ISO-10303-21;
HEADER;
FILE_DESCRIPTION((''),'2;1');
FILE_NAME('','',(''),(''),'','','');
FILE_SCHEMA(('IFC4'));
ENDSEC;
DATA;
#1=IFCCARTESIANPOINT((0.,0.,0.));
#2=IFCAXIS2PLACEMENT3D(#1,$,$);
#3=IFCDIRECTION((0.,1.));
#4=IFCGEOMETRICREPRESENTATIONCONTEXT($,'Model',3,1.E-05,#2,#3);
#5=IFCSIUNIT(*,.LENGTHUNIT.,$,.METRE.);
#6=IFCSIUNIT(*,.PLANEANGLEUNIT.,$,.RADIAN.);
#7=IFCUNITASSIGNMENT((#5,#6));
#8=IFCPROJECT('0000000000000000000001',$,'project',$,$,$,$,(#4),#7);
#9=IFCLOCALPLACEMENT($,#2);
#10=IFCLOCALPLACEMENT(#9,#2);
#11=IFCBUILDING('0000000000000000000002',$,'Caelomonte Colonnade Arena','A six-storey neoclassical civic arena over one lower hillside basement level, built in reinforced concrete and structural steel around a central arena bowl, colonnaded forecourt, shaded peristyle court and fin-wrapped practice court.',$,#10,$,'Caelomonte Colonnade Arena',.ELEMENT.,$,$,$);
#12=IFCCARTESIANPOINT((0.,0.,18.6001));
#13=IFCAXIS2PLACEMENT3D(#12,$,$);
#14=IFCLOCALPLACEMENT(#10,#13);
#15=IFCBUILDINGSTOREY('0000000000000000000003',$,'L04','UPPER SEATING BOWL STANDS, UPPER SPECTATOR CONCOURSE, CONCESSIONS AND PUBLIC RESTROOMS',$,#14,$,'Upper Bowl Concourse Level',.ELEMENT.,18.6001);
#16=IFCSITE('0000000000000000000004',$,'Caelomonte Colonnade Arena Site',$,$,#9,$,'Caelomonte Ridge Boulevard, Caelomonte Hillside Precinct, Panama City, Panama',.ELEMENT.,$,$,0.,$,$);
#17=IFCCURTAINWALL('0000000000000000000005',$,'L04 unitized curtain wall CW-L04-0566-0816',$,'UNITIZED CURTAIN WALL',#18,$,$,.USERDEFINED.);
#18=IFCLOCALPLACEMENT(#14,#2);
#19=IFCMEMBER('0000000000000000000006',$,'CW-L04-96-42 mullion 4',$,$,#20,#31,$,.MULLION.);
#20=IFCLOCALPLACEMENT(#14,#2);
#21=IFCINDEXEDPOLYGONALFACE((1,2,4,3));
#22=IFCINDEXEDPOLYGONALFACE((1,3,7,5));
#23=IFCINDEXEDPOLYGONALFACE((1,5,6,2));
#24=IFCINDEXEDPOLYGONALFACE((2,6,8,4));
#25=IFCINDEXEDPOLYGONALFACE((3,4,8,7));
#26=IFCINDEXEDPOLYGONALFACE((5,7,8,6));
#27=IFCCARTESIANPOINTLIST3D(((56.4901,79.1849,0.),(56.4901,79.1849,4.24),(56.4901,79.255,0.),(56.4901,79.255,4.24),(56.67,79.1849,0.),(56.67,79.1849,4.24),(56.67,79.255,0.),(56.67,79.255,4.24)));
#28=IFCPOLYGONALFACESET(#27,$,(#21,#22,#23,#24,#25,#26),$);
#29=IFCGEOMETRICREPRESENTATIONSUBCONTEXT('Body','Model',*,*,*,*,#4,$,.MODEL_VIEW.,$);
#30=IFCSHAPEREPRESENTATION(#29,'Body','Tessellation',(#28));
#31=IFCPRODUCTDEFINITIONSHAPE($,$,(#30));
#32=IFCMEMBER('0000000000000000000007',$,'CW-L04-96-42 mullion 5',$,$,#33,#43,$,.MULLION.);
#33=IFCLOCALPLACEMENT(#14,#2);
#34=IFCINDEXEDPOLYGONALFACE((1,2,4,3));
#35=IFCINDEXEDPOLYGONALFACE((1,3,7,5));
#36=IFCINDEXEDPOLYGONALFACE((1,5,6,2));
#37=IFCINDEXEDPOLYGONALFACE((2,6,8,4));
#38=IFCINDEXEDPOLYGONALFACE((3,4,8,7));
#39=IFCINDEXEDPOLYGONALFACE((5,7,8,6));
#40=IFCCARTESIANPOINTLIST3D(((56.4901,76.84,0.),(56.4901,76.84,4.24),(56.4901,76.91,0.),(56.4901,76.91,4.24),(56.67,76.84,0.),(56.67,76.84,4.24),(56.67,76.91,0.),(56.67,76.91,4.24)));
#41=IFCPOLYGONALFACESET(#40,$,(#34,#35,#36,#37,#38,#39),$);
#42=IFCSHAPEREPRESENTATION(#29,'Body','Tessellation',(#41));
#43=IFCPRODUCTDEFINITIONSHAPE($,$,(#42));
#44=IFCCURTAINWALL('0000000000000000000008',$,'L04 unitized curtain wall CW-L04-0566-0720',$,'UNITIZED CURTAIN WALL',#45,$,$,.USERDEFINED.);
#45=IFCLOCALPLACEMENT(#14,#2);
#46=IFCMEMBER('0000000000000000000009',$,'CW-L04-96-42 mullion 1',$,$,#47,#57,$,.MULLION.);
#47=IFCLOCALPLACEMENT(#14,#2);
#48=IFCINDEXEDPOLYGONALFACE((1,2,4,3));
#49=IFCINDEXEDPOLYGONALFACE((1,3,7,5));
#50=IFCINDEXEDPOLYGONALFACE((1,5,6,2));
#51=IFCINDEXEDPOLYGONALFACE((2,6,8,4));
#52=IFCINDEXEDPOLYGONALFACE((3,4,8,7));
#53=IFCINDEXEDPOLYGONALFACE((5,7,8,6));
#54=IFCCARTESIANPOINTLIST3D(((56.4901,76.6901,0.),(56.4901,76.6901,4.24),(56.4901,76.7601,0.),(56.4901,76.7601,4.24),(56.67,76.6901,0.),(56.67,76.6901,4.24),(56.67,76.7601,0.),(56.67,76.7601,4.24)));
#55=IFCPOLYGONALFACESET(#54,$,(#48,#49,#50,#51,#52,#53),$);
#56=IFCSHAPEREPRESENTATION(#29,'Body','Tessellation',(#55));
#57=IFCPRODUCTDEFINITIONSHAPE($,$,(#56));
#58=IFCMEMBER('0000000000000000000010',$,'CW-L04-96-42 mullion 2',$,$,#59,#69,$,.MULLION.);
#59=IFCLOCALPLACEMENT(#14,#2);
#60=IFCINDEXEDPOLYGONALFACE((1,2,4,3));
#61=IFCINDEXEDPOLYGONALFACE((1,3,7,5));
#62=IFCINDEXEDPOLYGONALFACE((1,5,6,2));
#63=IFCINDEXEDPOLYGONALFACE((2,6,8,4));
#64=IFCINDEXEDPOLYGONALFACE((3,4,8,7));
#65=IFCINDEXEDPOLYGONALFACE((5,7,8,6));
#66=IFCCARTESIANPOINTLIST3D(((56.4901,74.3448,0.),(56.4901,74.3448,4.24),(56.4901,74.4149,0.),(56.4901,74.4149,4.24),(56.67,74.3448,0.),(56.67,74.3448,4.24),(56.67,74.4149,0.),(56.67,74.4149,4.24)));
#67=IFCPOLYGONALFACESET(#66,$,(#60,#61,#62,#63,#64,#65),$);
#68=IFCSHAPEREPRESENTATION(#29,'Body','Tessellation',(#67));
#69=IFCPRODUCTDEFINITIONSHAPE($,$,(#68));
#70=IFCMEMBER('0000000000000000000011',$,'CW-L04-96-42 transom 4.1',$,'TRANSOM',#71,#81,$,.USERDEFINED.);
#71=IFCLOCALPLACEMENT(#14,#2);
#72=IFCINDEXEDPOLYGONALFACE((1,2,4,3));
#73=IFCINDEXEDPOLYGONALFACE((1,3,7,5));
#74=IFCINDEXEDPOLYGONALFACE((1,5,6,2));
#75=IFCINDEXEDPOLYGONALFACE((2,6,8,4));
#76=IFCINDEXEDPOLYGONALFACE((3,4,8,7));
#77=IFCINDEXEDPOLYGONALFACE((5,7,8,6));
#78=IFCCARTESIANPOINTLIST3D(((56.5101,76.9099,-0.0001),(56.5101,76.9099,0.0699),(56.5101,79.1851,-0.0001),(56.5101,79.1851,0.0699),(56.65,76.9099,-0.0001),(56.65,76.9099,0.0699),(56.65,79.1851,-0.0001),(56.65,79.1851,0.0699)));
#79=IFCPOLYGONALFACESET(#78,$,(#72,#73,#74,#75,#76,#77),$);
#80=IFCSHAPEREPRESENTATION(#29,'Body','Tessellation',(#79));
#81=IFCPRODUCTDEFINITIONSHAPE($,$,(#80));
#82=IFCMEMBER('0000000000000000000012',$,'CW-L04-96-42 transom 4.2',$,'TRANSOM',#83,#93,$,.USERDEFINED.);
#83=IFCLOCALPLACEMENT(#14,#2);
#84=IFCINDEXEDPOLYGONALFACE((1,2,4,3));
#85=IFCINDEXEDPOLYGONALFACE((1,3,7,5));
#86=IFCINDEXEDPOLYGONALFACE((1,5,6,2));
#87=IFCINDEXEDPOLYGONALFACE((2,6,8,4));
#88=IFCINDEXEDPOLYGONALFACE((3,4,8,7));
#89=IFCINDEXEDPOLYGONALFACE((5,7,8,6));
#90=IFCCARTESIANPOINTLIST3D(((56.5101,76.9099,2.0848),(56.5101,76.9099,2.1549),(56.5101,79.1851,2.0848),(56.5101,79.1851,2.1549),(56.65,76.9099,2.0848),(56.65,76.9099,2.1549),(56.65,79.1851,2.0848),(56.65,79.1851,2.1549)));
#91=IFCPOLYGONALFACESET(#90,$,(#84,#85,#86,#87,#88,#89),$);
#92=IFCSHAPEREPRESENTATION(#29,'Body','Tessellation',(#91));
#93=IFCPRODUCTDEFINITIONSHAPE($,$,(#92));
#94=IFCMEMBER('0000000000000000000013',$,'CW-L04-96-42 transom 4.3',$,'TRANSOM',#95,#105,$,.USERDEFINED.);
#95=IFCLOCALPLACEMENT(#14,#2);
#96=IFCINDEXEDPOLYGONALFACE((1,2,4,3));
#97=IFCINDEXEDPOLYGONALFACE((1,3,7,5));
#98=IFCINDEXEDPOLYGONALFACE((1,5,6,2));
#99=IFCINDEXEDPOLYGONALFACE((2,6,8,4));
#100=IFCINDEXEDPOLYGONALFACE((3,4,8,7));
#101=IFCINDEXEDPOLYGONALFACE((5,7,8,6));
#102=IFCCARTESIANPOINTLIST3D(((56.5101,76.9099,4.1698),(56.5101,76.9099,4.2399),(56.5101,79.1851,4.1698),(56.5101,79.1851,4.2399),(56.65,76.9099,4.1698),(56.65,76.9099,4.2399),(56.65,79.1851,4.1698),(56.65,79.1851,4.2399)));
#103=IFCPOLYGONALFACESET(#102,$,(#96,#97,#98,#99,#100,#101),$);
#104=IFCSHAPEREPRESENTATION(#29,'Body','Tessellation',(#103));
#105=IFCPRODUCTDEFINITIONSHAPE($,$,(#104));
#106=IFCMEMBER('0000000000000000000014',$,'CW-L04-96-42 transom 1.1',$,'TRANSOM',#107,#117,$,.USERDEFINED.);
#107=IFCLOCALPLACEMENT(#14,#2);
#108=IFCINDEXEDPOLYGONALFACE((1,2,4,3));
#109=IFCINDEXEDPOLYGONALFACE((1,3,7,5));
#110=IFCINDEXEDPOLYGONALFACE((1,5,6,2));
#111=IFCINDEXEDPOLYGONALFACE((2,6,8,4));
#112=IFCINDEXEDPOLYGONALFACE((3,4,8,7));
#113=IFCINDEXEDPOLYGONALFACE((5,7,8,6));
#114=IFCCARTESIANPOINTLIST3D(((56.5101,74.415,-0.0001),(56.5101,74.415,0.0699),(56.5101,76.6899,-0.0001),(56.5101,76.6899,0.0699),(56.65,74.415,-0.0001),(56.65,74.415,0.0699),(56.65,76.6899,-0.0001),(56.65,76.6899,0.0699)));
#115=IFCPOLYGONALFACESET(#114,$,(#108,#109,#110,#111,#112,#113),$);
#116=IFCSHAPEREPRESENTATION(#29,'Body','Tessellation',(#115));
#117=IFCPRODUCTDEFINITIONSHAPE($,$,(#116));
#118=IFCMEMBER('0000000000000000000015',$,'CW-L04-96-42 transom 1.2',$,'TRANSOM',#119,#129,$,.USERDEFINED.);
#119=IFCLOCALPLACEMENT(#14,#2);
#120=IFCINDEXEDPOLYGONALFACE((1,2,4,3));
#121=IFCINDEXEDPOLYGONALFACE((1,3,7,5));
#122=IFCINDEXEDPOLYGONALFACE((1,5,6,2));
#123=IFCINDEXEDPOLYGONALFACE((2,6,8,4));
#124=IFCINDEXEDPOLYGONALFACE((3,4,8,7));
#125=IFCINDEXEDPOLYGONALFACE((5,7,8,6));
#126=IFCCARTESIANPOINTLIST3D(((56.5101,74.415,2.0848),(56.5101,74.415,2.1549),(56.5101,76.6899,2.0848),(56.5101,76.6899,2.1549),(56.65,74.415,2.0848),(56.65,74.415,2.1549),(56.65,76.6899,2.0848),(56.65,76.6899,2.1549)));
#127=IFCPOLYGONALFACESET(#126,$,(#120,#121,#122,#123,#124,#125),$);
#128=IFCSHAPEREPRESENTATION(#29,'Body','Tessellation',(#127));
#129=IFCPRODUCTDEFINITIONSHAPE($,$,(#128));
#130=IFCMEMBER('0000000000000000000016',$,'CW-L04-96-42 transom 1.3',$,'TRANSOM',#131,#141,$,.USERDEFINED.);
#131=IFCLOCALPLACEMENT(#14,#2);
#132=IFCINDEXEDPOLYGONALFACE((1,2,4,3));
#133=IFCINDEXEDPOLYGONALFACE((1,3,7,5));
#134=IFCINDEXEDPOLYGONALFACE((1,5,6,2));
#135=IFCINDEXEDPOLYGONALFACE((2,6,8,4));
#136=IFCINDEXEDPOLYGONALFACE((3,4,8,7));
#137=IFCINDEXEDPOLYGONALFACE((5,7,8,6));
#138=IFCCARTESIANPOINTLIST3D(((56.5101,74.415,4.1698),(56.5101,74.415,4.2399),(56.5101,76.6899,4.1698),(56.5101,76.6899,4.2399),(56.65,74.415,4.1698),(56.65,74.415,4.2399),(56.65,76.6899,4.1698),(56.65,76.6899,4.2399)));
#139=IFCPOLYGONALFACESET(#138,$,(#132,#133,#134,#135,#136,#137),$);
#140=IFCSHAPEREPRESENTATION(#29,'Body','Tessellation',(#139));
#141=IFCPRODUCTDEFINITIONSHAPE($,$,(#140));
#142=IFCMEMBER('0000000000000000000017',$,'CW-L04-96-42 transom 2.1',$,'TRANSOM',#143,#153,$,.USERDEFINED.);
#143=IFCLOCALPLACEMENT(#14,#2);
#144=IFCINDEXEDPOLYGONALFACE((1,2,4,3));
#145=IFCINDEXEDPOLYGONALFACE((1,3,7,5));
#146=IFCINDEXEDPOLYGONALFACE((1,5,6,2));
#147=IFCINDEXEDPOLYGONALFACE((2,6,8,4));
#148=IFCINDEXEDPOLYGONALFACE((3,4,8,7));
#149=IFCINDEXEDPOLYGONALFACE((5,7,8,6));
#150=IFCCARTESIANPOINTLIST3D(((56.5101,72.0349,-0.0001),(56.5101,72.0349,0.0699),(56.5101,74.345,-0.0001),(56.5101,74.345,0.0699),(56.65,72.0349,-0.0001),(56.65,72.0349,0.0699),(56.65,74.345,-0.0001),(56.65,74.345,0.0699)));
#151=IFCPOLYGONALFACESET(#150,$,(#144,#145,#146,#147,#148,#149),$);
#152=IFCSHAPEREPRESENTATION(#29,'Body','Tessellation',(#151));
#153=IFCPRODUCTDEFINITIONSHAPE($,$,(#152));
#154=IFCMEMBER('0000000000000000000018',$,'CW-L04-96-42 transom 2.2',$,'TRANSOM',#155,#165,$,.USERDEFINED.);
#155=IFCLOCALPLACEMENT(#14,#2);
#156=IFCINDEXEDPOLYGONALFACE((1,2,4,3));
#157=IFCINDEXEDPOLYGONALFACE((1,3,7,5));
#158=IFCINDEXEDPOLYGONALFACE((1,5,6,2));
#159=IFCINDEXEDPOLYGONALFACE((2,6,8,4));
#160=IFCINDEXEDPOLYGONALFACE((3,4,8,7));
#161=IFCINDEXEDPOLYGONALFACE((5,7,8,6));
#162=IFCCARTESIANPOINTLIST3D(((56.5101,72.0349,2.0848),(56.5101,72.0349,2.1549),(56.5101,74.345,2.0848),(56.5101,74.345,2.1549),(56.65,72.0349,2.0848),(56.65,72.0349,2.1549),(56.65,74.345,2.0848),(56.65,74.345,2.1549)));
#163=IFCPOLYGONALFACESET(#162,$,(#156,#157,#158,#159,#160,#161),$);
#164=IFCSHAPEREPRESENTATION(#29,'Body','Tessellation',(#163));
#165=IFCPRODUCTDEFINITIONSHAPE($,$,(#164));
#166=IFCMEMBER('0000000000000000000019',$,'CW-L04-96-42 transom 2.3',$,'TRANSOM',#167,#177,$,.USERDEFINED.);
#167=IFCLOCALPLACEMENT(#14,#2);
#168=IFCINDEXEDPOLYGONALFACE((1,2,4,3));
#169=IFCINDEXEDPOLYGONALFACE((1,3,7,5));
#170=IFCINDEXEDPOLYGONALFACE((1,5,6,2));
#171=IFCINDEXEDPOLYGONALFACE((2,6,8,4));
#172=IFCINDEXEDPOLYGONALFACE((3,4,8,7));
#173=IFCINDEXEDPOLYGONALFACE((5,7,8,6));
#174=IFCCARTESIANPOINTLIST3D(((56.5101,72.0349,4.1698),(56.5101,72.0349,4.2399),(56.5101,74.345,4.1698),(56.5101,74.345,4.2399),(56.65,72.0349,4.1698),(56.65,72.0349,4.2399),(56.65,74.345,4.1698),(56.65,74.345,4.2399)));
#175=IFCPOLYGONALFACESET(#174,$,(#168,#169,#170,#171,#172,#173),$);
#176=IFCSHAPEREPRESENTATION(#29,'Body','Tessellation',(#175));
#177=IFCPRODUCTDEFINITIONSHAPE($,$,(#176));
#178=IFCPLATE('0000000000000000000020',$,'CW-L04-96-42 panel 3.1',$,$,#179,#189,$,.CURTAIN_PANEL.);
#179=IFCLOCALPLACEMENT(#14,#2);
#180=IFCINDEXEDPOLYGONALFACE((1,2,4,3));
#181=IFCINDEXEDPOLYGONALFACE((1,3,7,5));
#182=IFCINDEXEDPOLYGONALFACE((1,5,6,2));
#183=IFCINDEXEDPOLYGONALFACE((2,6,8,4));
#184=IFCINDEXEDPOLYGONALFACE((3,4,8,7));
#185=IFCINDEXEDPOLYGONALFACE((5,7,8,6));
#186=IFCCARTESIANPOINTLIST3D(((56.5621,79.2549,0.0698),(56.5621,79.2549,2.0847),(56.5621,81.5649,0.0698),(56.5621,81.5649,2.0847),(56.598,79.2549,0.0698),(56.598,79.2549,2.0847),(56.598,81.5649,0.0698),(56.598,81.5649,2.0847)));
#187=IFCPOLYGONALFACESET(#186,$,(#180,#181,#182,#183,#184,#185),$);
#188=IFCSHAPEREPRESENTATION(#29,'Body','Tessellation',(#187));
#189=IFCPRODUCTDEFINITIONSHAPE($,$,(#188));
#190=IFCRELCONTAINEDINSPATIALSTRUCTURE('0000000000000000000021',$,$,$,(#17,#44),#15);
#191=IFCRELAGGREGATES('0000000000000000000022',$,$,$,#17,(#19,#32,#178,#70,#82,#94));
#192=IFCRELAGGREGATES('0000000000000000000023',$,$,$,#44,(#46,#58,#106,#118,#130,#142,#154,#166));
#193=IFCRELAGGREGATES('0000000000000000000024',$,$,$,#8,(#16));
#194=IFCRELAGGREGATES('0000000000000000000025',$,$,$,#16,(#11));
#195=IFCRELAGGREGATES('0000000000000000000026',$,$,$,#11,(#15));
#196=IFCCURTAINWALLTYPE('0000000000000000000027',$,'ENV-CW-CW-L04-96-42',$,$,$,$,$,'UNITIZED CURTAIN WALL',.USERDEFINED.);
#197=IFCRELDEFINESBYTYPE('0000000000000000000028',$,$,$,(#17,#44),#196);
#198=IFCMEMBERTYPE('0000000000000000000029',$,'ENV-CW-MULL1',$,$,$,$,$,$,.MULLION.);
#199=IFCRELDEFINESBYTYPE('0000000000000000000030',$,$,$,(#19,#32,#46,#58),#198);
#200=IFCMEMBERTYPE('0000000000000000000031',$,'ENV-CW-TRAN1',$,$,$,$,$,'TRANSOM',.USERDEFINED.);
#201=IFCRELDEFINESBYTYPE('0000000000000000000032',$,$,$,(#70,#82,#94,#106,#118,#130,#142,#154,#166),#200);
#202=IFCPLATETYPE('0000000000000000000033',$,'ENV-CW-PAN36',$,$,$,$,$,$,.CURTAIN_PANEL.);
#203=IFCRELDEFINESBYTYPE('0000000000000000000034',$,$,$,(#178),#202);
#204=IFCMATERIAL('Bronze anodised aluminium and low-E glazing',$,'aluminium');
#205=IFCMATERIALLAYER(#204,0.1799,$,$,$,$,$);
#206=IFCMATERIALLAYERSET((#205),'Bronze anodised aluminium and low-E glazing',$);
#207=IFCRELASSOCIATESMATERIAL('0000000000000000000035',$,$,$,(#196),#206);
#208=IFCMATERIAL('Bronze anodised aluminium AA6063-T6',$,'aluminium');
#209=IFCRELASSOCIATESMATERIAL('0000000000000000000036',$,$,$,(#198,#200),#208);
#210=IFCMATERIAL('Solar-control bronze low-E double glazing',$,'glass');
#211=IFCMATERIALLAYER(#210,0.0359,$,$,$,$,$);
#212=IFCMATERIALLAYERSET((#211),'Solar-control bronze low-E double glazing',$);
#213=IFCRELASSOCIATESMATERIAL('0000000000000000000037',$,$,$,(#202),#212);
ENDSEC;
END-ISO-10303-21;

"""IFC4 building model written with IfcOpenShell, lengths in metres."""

from ifc_helpers import new_model, si_unit, direction, frame, origin, origin_2d, place, context, subcontext, project, spatial, rectangle, extrude, material, layer, layer_set, material_profile, profile_set, type_object, element, aggregate, save


model = new_model("IFC4")

# Units and contexts
model_context = context("Model", 3, precision=1e-05, world=origin(), true_north=direction((0.0, 1.0)))
body_context = subcontext(model_context, "Body", "Model", "MODEL_VIEW")
ifc_project = project(units=[si_unit("LENGTHUNIT", "METRE"), si_unit("PLANEANGLEUNIT", "RADIAN")], contexts=[model_context])

# Site, building, storey
site_placement = place(None, origin())
site = spatial("IfcSite", under=ifc_project, at=site_placement, Name="Caelomonte Colonnade Arena Site", LongName="Caelomonte Ridge Boulevard, Caelomonte Hillside Precinct, Panama City, Panama", CompositionType="ELEMENT", RefElevation=0.0)
building_placement = place(site_placement, origin())
building = spatial("IfcBuilding", under=site, at=building_placement, Name="Caelomonte Colonnade Arena", Description="A six-storey neoclassical civic arena over one lower hillside basement level, built in reinforced concrete and structural steel around a central arena bowl, colonnaded forecourt, shaded peristyle court and fin-wrapped practice court.", LongName="Caelomonte Colonnade Arena", CompositionType="ELEMENT")
storey_placement = place(building_placement, frame((0.0, 0.0, 18.6001)))
storey = spatial("IfcBuildingStorey", under=building, at=storey_placement, Name="L04", Description="UPPER SEATING BOWL STANDS, UPPER SPECTATOR CONCOURSE, CONCESSIONS AND PUBLIC RESTROOMS", LongName="Upper Bowl Concourse Level", CompositionType="ELEMENT", Elevation=18.6001)

# Curtain walls, members
ifc_material_1 = material(Name="Bronze anodised aluminium and low-E glazing", Category="aluminium")
ifc_layer_1 = layer(ifc_material_1, 0.1799)
ifc_layer_set_1 = layer_set([ifc_layer_1], Name="Bronze anodised aluminium and low-E glazing")
curtain_wall_type = type_object("IfcCurtainWallType", Name="ENV-CW-CW-L04-96-42", ElementType="UNITIZED CURTAIN WALL", PredefinedType="USERDEFINED", material=ifc_layer_set_1)
curtain_wall_1_placement = place(storey_placement, origin())
curtain_wall_1 = element("IfcCurtainWall", 1, at=curtain_wall_1_placement, inside=storey, type_object=curtain_wall_type, Name="L04 unitized curtain wall CW-L04-0566-0816", ObjectType="UNITIZED CURTAIN WALL", PredefinedType="USERDEFINED")
ifc_material_2 = material(Name="Bronze anodised aluminium AA6063-T6", Category="aluminium")
ifc_material_profile_1 = material_profile(ifc_material_2, rectangle(XDim=0.0701, YDim=0.1799, at=origin_2d()), Name="CWM-70X180")
ifc_profile_set_1 = profile_set([ifc_material_profile_1], Name="Bronze anodised aluminium AA6063-T6")
member_type_1 = type_object("IfcMemberType", Name="ENV-CW-MULL1", PredefinedType="MULLION", material=ifc_profile_set_1)
member_1_placement = place(storey_placement, frame((56.5801, 79.22, 0.0), z_axis=(0.0, 0.0, 1.0), x_axis=(0.0, -1.0, 0.0)))
member_1 = element("IfcMember", 2, at=member_1_placement, type_object=member_type_1, Name="CW-L04-96-42 mullion 4", PredefinedType="MULLION", context=body_context, shape_type="SweptSolid", body=[
    extrude(rectangle(XDim=0.0701, YDim=0.1799, at=origin_2d()), origin(), (0.0, 0.0, 1.0), 4.24),
])
member_2_placement = place(storey_placement, frame((56.5801, 76.875, 0.0), z_axis=(0.0, 0.0, 1.0), x_axis=(0.0, -1.0, 0.0)))
member_2 = element("IfcMember", 3, at=member_2_placement, type_object=member_type_1, Name="CW-L04-96-42 mullion 5", PredefinedType="MULLION", context=body_context, shape_type="SweptSolid", body=[
    extrude(rectangle(XDim=0.0701, YDim=0.1799, at=origin_2d()), origin(), (0.0, 0.0, 1.0), 4.24),
])
curtain_wall_2_placement = place(storey_placement, origin())
curtain_wall_2 = element("IfcCurtainWall", 4, at=curtain_wall_2_placement, inside=storey, type_object=curtain_wall_type, Name="L04 unitized curtain wall CW-L04-0566-0720", ObjectType="UNITIZED CURTAIN WALL", PredefinedType="USERDEFINED")
member_3_placement = place(storey_placement, frame((56.5801, 76.7251, 0.0), z_axis=(0.0, 0.0, 1.0), x_axis=(0.0, -1.0, 0.0)))
member_3 = element("IfcMember", 5, at=member_3_placement, type_object=member_type_1, Name="CW-L04-96-42 mullion 1", PredefinedType="MULLION", context=body_context, shape_type="SweptSolid", body=[
    extrude(rectangle(XDim=0.0701, YDim=0.1799, at=origin_2d()), origin(), (0.0, 0.0, 1.0), 4.24),
])
member_4_placement = place(storey_placement, frame((56.5801, 74.3799, 0.0), z_axis=(0.0, 0.0, 1.0), x_axis=(0.0, -1.0, 0.0)))
member_4 = element("IfcMember", 6, at=member_4_placement, type_object=member_type_1, Name="CW-L04-96-42 mullion 2", PredefinedType="MULLION", context=body_context, shape_type="SweptSolid", body=[
    extrude(rectangle(XDim=0.0701, YDim=0.1799, at=origin_2d()), origin(), (0.0, 0.0, 1.0), 4.24),
])

# Members
ifc_material_profile_2 = material_profile(ifc_material_2, rectangle(XDim=0.0701, YDim=0.1399, at=origin_2d()), Name="CWT-70X140")
ifc_profile_set_2 = profile_set([ifc_material_profile_2], Name="Bronze anodised aluminium AA6063-T6")
member_type_2 = type_object("IfcMemberType", Name="ENV-CW-TRAN1", ElementType="TRANSOM", PredefinedType="USERDEFINED", material=ifc_profile_set_2)
member_5_placement = place(storey_placement, frame((56.5801, 79.1851, 0.0349), z_axis=(0.0, -1.0, 0.0), x_axis=(0.0, 0.0, 1.0)))
member_5 = element("IfcMember", 7, at=member_5_placement, type_object=member_type_2, Name="CW-L04-96-42 transom 4.1", ObjectType="TRANSOM", PredefinedType="USERDEFINED", context=body_context, shape_type="SweptSolid", body=[
    extrude(rectangle(XDim=0.0701, YDim=0.1399, at=origin_2d()), origin(), (0.0, 0.0, 1.0), 2.2751),
])
member_6_placement = place(storey_placement, frame((56.5801, 79.1851, 2.1199), z_axis=(0.0, -1.0, 0.0), x_axis=(0.0, 0.0, 1.0)))
member_6 = element("IfcMember", 8, at=member_6_placement, type_object=member_type_2, Name="CW-L04-96-42 transom 4.2", ObjectType="TRANSOM", PredefinedType="USERDEFINED", context=body_context, shape_type="SweptSolid", body=[
    extrude(rectangle(XDim=0.0701, YDim=0.1399, at=origin_2d()), origin(), (0.0, 0.0, 1.0), 2.2751),
])
member_7_placement = place(storey_placement, frame((56.5801, 79.1851, 4.2048), z_axis=(0.0, -1.0, 0.0), x_axis=(0.0, 0.0, 1.0)))
member_7 = element("IfcMember", 9, at=member_7_placement, type_object=member_type_2, Name="CW-L04-96-42 transom 4.3", ObjectType="TRANSOM", PredefinedType="USERDEFINED", context=body_context, shape_type="SweptSolid", body=[
    extrude(rectangle(XDim=0.0701, YDim=0.1399, at=origin_2d()), origin(), (0.0, 0.0, 1.0), 2.2751),
])
member_8_placement = place(storey_placement, frame((56.5801, 76.6899, 0.0349), z_axis=(0.0, -1.0, 0.0), x_axis=(0.0, 0.0, 1.0)))
member_8 = element("IfcMember", 10, at=member_8_placement, type_object=member_type_2, Name="CW-L04-96-42 transom 1.1", ObjectType="TRANSOM", PredefinedType="USERDEFINED", context=body_context, shape_type="SweptSolid", body=[
    extrude(rectangle(XDim=0.0701, YDim=0.1399, at=origin_2d()), origin(), (0.0, 0.0, 1.0), 2.2749),
])
member_9_placement = place(storey_placement, frame((56.5801, 76.6899, 2.1199), z_axis=(0.0, -1.0, 0.0), x_axis=(0.0, 0.0, 1.0)))
member_9 = element("IfcMember", 11, at=member_9_placement, type_object=member_type_2, Name="CW-L04-96-42 transom 1.2", ObjectType="TRANSOM", PredefinedType="USERDEFINED", context=body_context, shape_type="SweptSolid", body=[
    extrude(rectangle(XDim=0.0701, YDim=0.1399, at=origin_2d()), origin(), (0.0, 0.0, 1.0), 2.2749),
])
member_10_placement = place(storey_placement, frame((56.5801, 76.6899, 4.2048), z_axis=(0.0, -1.0, 0.0), x_axis=(0.0, 0.0, 1.0)))
member_10 = element("IfcMember", 12, at=member_10_placement, type_object=member_type_2, Name="CW-L04-96-42 transom 1.3", ObjectType="TRANSOM", PredefinedType="USERDEFINED", context=body_context, shape_type="SweptSolid", body=[
    extrude(rectangle(XDim=0.0701, YDim=0.1399, at=origin_2d()), origin(), (0.0, 0.0, 1.0), 2.2749),
])
member_11_placement = place(storey_placement, frame((56.5801, 74.345, 0.0349), z_axis=(0.0, -1.0, 0.0), x_axis=(0.0, 0.0, 1.0)))
member_11 = element("IfcMember", 13, at=member_11_placement, type_object=member_type_2, Name="CW-L04-96-42 transom 2.1", ObjectType="TRANSOM", PredefinedType="USERDEFINED", context=body_context, shape_type="SweptSolid", body=[
    extrude(rectangle(XDim=0.0701, YDim=0.1399, at=origin_2d()), origin(), (0.0, 0.0, 1.0), 2.3101),
])
member_12_placement = place(storey_placement, frame((56.5801, 74.345, 2.1199), z_axis=(0.0, -1.0, 0.0), x_axis=(0.0, 0.0, 1.0)))
member_12 = element("IfcMember", 14, at=member_12_placement, type_object=member_type_2, Name="CW-L04-96-42 transom 2.2", ObjectType="TRANSOM", PredefinedType="USERDEFINED", context=body_context, shape_type="SweptSolid", body=[
    extrude(rectangle(XDim=0.0701, YDim=0.1399, at=origin_2d()), origin(), (0.0, 0.0, 1.0), 2.3101),
])
member_13_placement = place(storey_placement, frame((56.5801, 74.345, 4.2048), z_axis=(0.0, -1.0, 0.0), x_axis=(0.0, 0.0, 1.0)))
member_13 = element("IfcMember", 15, at=member_13_placement, type_object=member_type_2, Name="CW-L04-96-42 transom 2.3", ObjectType="TRANSOM", PredefinedType="USERDEFINED", context=body_context, shape_type="SweptSolid", body=[
    extrude(rectangle(XDim=0.0701, YDim=0.1399, at=origin_2d()), origin(), (0.0, 0.0, 1.0), 2.3101),
])

# Plate
ifc_material_3 = material(Name="Solar-control bronze low-E double glazing", Category="glass")
ifc_layer_2 = layer(ifc_material_3, 0.0359)
ifc_layer_set_2 = layer_set([ifc_layer_2], Name="Solar-control bronze low-E double glazing")
plate_type = type_object("IfcPlateType", Name="ENV-CW-PAN36", PredefinedType="CURTAIN_PANEL", material=ifc_layer_set_2)
plate_1_placement = place(storey_placement, frame((56.5801, 80.4099, 0.0698), z_axis=(0.0, 0.0, 1.0), x_axis=(0.0, -1.0, 0.0)))
plate_1 = element("IfcPlate", 16, at=plate_1_placement, type_object=plate_type, Name="CW-L04-96-42 panel 3.1", PredefinedType="CURTAIN_PANEL", context=body_context, shape_type="SweptSolid", body=[
    extrude(rectangle(XDim=2.3101, YDim=0.0359, at=origin_2d()), origin(), (0.0, 0.0, 1.0), 2.0149),
])
aggregate(curtain_wall_1, [member_1, member_2, plate_1, member_5, member_6, member_7])
aggregate(curtain_wall_2, [member_3, member_4, member_8, member_9, member_10, member_11, member_12, member_13])

save(model, "model.ifc")
